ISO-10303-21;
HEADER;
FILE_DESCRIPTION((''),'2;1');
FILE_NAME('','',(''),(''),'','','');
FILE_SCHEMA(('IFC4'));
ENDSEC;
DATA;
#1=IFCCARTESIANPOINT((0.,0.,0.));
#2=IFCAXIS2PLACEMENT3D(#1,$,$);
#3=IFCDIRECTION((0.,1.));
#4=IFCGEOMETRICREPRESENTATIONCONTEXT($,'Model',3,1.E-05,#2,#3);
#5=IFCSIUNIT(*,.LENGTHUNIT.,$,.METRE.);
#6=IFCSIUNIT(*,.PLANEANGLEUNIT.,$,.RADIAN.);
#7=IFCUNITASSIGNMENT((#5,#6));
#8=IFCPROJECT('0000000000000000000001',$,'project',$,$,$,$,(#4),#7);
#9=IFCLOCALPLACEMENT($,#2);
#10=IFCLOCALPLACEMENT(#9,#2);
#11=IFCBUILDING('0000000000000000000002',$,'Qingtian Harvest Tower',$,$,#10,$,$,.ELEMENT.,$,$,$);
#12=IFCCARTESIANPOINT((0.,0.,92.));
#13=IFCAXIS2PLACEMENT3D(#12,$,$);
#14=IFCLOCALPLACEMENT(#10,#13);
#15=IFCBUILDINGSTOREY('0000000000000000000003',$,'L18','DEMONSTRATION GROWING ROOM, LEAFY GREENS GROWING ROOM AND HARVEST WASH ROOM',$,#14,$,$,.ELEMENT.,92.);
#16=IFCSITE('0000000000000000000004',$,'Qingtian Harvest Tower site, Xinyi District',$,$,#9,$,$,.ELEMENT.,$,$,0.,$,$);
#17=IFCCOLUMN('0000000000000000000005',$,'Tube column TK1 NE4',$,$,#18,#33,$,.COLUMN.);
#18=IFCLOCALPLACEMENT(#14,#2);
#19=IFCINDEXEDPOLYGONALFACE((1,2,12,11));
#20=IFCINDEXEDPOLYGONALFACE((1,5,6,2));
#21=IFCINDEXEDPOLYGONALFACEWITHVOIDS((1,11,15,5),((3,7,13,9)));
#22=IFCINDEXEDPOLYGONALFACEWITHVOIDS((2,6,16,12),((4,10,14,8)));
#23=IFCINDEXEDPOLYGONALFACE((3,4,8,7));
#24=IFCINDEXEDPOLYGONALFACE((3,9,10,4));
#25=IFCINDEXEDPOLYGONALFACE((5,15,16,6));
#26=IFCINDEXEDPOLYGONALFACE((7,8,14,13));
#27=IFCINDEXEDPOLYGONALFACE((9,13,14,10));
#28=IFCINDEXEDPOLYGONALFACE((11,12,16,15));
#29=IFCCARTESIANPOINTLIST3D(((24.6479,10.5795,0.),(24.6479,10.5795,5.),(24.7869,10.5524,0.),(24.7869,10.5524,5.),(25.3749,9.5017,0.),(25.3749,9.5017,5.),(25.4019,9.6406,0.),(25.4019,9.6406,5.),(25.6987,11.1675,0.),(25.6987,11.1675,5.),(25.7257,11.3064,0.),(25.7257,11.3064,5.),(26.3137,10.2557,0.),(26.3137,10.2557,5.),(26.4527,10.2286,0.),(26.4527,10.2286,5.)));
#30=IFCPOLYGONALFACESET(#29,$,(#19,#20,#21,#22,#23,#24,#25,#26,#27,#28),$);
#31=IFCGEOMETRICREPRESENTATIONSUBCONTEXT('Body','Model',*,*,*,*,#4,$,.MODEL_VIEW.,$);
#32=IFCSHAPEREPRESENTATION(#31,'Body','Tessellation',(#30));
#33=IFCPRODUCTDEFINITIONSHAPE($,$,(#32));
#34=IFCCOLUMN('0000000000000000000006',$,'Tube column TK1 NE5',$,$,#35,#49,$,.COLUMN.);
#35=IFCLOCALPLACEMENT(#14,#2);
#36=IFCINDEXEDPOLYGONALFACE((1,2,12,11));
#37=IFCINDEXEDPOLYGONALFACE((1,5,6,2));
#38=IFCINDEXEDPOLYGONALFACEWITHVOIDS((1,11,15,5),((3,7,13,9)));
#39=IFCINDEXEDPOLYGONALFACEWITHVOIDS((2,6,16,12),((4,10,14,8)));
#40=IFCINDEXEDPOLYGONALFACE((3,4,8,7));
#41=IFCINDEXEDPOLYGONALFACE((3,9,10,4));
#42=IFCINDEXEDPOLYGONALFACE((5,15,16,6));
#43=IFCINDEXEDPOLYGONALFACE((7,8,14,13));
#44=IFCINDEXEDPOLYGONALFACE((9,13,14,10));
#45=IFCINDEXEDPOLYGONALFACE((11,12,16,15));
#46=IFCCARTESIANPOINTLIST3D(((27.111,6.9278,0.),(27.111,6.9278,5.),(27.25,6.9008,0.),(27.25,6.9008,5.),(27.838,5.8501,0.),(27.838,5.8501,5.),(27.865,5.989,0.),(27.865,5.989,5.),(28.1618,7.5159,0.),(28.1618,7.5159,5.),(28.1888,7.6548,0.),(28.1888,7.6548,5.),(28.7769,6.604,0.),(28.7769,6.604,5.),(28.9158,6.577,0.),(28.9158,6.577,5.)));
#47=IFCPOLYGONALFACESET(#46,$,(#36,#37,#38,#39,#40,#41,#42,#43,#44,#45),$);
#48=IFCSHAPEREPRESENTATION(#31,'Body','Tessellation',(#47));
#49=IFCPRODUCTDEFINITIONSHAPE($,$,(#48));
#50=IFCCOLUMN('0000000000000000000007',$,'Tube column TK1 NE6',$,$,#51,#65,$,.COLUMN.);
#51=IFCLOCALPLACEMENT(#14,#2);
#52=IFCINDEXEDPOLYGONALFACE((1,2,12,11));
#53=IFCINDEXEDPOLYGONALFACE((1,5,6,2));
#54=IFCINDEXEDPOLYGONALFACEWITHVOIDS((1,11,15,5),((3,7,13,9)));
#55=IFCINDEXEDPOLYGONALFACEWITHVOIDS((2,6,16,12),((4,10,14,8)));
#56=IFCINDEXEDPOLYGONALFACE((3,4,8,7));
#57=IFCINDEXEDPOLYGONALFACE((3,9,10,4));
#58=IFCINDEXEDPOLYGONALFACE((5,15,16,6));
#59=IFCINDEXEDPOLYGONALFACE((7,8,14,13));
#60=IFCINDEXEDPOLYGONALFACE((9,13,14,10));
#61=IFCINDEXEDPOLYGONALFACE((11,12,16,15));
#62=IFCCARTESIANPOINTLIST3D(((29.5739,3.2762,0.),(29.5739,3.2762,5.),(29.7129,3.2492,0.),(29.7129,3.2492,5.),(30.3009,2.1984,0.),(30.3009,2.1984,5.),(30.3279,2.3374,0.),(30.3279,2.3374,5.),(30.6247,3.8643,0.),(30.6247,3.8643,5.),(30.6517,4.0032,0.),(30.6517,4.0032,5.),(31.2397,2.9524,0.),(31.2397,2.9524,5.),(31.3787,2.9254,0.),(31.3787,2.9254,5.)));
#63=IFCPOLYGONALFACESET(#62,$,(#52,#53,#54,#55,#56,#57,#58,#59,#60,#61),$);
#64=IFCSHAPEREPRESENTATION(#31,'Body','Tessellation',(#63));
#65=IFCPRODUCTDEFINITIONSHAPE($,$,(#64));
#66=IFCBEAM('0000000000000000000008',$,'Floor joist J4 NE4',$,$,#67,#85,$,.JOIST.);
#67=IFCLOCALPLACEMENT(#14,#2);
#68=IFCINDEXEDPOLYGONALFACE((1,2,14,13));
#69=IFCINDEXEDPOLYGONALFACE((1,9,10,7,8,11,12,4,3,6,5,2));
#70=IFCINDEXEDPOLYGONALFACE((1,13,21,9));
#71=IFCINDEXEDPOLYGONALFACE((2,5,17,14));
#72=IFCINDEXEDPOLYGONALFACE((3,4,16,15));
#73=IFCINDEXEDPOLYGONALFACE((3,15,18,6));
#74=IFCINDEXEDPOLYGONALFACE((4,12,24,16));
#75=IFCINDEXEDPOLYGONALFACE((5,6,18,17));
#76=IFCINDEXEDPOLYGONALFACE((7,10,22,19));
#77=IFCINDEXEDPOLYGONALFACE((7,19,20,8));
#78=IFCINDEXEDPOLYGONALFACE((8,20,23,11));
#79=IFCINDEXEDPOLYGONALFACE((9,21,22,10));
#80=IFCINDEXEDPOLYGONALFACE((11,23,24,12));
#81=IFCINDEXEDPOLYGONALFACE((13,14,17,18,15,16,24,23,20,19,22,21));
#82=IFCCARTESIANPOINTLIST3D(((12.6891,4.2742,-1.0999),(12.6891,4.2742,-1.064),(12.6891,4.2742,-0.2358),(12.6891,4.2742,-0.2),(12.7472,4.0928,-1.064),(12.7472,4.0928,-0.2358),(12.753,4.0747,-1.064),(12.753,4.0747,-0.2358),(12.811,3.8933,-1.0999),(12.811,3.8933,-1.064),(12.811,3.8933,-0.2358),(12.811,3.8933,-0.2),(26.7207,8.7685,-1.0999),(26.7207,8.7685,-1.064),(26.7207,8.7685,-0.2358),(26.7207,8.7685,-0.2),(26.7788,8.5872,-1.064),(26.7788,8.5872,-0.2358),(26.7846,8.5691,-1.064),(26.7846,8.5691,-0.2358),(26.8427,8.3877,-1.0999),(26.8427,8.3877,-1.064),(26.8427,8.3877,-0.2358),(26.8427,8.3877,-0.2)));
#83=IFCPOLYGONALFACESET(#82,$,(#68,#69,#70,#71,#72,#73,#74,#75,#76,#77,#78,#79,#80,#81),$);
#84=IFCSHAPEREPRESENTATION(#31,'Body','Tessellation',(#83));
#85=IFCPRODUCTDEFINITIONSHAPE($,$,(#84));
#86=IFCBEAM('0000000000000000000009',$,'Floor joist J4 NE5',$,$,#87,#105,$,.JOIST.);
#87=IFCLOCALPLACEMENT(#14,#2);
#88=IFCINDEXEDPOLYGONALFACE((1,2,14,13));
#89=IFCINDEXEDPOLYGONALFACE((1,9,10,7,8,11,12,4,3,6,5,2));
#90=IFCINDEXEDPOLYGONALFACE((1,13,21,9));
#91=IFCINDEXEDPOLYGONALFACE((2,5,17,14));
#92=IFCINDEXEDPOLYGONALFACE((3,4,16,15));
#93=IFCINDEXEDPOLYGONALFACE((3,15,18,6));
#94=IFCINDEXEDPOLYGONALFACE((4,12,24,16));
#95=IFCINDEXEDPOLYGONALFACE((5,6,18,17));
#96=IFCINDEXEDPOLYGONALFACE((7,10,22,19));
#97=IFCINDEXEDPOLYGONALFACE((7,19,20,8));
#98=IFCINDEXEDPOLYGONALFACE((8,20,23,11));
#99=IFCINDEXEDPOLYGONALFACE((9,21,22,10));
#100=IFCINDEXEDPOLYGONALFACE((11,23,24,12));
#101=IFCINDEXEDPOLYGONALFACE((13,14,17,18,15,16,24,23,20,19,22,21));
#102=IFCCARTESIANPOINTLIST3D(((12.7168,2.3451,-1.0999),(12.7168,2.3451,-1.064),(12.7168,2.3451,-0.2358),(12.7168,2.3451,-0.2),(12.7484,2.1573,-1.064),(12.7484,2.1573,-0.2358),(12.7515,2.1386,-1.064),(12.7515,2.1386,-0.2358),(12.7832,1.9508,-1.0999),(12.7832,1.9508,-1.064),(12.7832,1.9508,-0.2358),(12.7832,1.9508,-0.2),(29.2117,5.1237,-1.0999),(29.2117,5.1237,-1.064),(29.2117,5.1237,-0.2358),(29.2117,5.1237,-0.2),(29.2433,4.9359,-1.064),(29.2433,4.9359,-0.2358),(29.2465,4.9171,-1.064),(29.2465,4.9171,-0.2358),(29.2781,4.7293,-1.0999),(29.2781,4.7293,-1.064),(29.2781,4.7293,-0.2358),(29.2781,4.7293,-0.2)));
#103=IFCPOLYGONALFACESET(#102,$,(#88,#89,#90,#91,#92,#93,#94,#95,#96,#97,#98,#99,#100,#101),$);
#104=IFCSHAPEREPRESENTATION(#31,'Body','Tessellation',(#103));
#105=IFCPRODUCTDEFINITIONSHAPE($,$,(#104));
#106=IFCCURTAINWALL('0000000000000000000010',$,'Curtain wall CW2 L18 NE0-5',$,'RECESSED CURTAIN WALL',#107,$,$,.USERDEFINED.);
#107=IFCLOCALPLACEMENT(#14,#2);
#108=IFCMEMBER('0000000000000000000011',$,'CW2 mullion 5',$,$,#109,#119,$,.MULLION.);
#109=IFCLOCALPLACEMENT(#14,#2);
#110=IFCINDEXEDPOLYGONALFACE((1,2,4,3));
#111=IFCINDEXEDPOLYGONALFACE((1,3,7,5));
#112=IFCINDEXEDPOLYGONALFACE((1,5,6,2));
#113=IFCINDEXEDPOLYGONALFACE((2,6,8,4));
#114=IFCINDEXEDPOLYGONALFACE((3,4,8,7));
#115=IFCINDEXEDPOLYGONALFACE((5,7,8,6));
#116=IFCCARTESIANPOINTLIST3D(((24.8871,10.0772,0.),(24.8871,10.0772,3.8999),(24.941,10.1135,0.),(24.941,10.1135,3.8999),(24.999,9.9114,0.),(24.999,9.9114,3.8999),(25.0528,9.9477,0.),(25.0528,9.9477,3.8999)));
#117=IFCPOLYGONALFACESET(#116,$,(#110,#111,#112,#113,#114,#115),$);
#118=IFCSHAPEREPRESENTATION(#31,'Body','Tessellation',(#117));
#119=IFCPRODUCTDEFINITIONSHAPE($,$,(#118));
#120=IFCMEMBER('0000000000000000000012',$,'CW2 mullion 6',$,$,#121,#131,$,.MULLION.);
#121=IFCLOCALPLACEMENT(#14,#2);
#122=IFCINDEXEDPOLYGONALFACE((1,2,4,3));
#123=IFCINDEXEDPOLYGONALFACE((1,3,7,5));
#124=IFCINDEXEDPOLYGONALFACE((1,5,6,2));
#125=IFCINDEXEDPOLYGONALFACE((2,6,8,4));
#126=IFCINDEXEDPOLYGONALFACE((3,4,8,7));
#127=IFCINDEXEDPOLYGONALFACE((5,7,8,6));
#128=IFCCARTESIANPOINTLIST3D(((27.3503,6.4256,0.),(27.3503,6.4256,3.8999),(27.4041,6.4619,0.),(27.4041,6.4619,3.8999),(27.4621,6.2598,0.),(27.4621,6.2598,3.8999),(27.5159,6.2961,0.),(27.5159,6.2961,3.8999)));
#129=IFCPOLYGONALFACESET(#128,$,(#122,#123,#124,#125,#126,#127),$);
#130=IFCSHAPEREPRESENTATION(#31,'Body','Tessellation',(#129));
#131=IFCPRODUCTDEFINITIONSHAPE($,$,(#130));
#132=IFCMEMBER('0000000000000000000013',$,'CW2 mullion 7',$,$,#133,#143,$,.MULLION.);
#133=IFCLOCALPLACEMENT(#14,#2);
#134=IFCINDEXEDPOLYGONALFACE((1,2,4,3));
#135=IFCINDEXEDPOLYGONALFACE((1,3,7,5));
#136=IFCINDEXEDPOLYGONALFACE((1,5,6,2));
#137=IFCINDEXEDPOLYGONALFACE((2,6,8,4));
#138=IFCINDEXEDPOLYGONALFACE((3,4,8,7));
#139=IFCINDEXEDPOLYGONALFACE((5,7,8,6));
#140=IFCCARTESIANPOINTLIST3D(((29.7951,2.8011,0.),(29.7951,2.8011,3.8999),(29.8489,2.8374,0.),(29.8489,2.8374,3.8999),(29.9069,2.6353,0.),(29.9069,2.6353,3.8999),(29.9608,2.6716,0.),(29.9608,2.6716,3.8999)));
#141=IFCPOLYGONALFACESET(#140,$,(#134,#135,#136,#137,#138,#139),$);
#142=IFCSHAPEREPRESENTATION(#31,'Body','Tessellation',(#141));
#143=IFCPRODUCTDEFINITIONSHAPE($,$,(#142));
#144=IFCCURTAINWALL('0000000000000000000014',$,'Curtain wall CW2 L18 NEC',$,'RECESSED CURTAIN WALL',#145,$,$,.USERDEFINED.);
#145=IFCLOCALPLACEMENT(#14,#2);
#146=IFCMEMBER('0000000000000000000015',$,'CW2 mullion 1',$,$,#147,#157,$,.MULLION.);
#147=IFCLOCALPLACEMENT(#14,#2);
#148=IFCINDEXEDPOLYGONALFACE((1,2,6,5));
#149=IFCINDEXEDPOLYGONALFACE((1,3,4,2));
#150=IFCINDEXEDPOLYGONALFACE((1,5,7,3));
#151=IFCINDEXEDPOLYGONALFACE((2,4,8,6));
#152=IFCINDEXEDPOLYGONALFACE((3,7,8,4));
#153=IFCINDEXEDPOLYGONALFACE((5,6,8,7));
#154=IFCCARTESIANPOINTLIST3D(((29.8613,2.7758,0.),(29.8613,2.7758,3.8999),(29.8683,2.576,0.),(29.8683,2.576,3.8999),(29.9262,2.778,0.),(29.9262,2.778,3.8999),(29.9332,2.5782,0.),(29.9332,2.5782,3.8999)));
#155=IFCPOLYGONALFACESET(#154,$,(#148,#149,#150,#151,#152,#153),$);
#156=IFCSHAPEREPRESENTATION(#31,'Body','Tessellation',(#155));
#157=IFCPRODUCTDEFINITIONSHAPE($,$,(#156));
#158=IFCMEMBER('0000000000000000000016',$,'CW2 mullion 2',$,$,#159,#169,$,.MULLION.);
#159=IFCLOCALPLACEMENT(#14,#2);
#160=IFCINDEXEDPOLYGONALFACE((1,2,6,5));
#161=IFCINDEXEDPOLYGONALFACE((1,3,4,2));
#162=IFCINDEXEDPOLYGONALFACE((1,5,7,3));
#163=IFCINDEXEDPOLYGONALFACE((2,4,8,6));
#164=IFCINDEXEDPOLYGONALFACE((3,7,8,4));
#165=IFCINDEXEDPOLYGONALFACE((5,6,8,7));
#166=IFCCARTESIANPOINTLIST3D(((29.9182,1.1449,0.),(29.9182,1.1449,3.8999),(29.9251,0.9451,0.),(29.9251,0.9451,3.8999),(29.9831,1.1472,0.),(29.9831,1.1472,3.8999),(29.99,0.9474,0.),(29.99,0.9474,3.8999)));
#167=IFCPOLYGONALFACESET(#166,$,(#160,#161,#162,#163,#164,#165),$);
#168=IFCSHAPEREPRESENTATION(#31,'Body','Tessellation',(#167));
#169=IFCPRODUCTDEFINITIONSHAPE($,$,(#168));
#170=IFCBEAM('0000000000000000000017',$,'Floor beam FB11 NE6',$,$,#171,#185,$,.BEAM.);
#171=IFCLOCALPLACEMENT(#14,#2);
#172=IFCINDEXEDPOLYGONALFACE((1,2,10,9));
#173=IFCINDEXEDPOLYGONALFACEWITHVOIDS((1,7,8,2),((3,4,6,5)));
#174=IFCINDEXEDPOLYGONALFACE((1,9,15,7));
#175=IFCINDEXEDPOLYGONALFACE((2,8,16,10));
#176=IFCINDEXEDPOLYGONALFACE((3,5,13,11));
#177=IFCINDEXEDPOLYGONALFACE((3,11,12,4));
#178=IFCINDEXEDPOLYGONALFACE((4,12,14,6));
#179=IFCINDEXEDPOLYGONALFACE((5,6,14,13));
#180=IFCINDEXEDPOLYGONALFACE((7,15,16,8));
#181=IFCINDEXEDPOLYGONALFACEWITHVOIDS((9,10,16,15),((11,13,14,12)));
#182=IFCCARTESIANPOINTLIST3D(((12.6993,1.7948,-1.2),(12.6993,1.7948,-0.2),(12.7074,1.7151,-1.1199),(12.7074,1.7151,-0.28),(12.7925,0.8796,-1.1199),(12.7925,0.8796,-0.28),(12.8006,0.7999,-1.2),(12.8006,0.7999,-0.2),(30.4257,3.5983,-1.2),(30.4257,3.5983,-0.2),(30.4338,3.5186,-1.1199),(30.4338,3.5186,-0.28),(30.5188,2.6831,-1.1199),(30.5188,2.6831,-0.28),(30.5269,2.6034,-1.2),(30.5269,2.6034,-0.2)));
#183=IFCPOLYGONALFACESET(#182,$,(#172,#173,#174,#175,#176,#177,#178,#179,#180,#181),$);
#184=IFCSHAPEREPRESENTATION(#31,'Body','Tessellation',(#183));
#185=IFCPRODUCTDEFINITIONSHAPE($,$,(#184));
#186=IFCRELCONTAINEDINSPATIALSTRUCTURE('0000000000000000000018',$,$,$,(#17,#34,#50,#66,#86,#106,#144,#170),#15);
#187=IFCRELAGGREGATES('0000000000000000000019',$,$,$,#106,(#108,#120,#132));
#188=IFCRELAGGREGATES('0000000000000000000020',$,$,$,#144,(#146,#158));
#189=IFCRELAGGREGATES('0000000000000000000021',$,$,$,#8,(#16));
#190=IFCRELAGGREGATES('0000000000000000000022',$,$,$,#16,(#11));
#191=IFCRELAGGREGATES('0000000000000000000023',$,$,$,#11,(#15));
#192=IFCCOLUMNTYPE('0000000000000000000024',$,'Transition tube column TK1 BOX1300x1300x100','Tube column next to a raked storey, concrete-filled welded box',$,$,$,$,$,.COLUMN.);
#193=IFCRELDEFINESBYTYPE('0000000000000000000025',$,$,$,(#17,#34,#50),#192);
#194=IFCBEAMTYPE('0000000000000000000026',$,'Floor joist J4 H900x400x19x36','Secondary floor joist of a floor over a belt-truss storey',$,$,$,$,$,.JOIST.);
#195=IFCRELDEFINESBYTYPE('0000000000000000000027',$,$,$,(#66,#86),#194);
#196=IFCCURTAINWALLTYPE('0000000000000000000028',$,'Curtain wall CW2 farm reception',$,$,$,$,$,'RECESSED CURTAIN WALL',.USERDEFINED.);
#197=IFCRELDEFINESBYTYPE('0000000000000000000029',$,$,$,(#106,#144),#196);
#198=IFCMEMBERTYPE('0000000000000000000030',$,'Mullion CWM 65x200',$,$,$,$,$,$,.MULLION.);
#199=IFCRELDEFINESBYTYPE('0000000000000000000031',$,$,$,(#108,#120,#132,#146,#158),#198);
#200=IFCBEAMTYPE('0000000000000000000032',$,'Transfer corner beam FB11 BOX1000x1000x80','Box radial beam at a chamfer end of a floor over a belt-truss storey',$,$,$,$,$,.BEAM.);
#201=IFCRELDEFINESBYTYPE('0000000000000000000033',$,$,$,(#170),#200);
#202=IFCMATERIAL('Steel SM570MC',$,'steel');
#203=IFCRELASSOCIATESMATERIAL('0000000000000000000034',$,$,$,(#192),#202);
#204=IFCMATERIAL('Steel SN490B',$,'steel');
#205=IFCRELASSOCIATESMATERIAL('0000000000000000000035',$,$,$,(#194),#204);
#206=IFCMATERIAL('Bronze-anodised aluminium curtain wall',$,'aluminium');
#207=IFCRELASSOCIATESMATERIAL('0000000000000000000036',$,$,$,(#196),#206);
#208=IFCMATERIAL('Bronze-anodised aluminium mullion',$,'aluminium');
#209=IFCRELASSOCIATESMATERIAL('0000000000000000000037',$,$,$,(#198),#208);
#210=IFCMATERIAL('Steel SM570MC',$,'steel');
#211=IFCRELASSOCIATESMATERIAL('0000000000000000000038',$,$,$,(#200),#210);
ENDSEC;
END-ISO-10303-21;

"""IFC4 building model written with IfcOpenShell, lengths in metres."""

from ifc_helpers import new_model, si_unit, direction, frame, origin, origin_2d, place, context, subcontext, project, spatial, rectangle, hollow_rectangle, i_section, extrude, material, material_profile, profile_set, type_object, element, aggregate, save


model = new_model("IFC4")

# Units and contexts
model_context = context("Model", 3, precision=1e-05, world=origin(), true_north=direction((0.0, 1.0)))
body_context = subcontext(model_context, "Body", "Model", "MODEL_VIEW")
ifc_project = project(units=[si_unit("LENGTHUNIT", "METRE"), si_unit("PLANEANGLEUNIT", "RADIAN")], contexts=[model_context])

# Site, building, storey
site_placement = place(None, origin())
site = spatial("IfcSite", under=ifc_project, at=site_placement, Name="Qingtian Harvest Tower site, Xinyi District", CompositionType="ELEMENT", RefElevation=0.0)
building_placement = place(site_placement, origin())
building = spatial("IfcBuilding", under=site, at=building_placement, Name="Qingtian Harvest Tower", CompositionType="ELEMENT")
storey_placement = place(building_placement, frame((0.0, 0.0, 92.0)))
storey = spatial("IfcBuildingStorey", under=building, at=storey_placement, Name="L18", Description="DEMONSTRATION GROWING ROOM, LEAFY GREENS GROWING ROOM AND HARVEST WASH ROOM", CompositionType="ELEMENT", Elevation=92.0)

# Columns
ifc_material_1 = material(Name="Steel SM570MC", Category="steel")
ifc_material_profile_1 = material_profile(ifc_material_1, hollow_rectangle(XDim=1.3, YDim=1.3, WallThickness=0.1001, at=origin_2d()), Name="BOX1300x1300x100")
ifc_profile_set_1 = profile_set([ifc_material_profile_1], Name="Steel SM570MC")
column_type = type_object("IfcColumnType", Name="Transition tube column TK1 BOX1300x1300x100", Description="Tube column next to a raked storey, concrete-filled welded box", PredefinedType="COLUMN", material=ifc_profile_set_1)
for number, where, z_axis, x_axis, name in (
    (1, (25.5503, 10.4041, 0.0), (0.0, 0.0, 1.0), (-0.559193, 0.829038, 0.0), "Tube column TK1 NE4"),
    (2, (28.0134, 6.7524, 0.0), (0.0, 0.0, 1.0), (-0.559193, 0.829038, 0.0), "Tube column TK1 NE5"),
    (3, (30.4763, 3.1008, 0.0), (0.0, 0.0, 1.0), (-0.559193, 0.829038, 0.0), "Tube column TK1 NE6"),
):
    element("IfcColumn", number, at=place(storey_placement, frame(where, z_axis=z_axis, x_axis=x_axis)), inside=storey, type_object=column_type, Name=name, PredefinedType="COLUMN", context=body_context, shape_type="SweptSolid", body=[
        extrude(hollow_rectangle(XDim=1.3, YDim=1.3, WallThickness=0.1001, at=origin_2d()), origin(), (0.0, 0.0, 1.0), 5.0),
    ])

# Beams
ifc_material_2 = material(Name="Steel SN490B", Category="steel")
ifc_material_profile_2 = material_profile(ifc_material_2, i_section(OverallWidth=0.3999, OverallDepth=0.8999, WebThickness=0.019, FlangeThickness=0.0359, at=origin_2d()), Name="H900x400x19x36")
ifc_profile_set_2 = profile_set([ifc_material_profile_2], Name="Steel SN490B")
beam_type_1 = type_object("IfcBeamType", Name="Floor joist J4 H900x400x19x36", Description="Secondary floor joist of a floor over a belt-truss storey", PredefinedType="JOIST", material=ifc_profile_set_2)
beam_1_placement = place(storey_placement, frame((26.7817, 8.5781, -0.6499), z_axis=(-0.952341, -0.305036, 0.0), x_axis=(0.305036, -0.952341, 0.0)))
element("IfcBeam", 4, at=beam_1_placement, inside=storey, type_object=beam_type_1, Name="Floor joist J4 NE4", PredefinedType="JOIST", context=body_context, shape_type="SweptSolid", body=[
    extrude(i_section(OverallWidth=0.3999, OverallDepth=0.8999, WebThickness=0.019, FlangeThickness=0.0359, at=origin_2d()), origin(), (0.0, 0.0, 1.0), 14.7339),
])
beam_2_placement = place(storey_placement, frame((29.2449, 4.9265, -0.6499), z_axis=(-0.986107, -0.16611, 0.0), x_axis=(0.16611, -0.986107, 0.0)))
element("IfcBeam", 5, at=beam_2_placement, inside=storey, type_object=beam_type_1, Name="Floor joist J4 NE5", PredefinedType="JOIST", context=body_context, shape_type="SweptSolid", body=[
    extrude(i_section(OverallWidth=0.3999, OverallDepth=0.8999, WebThickness=0.019, FlangeThickness=0.0359, at=origin_2d()), origin(), (0.0, 0.0, 1.0), 16.7273),
])

# Curtain walls, members
ifc_material_3 = material(Name="Bronze-anodised aluminium curtain wall", Category="aluminium")
curtain_wall_type = type_object("IfcCurtainWallType", Name="Curtain wall CW2 farm reception", ElementType="RECESSED CURTAIN WALL", PredefinedType="USERDEFINED", material=ifc_material_3)
curtain_wall_1_placement = place(storey_placement, origin())
curtain_wall_1 = element("IfcCurtainWall", 6, at=curtain_wall_1_placement, inside=storey, type_object=curtain_wall_type, Name="Curtain wall CW2 L18 NE0-5", ObjectType="RECESSED CURTAIN WALL", PredefinedType="USERDEFINED")
ifc_material_4 = material(Name="Bronze-anodised aluminium mullion", Category="aluminium")
ifc_material_profile_3 = material_profile(ifc_material_4, rectangle(XDim=0.0649, YDim=0.2, at=origin_2d()), Name="AL 65x200")
ifc_profile_set_3 = profile_set([ifc_material_profile_3], Name="Bronze-anodised aluminium mullion")
member_type_1 = type_object("IfcMemberType", Name="Mullion CWM 65x200", PredefinedType="MULLION", material=ifc_profile_set_3)
member_1_placement = place(storey_placement, frame((24.97, 10.0125, 0.0), z_axis=(0.0, 0.0, 1.0), x_axis=(0.829038, 0.559193, 0.0)))
member_1 = element("IfcMember", 7, at=member_1_placement, type_object=member_type_1, Name="CW2 mullion 5", PredefinedType="MULLION", context=body_context, shape_type="SweptSolid", body=[
    extrude(rectangle(XDim=0.0649, YDim=0.2, at=origin_2d()), origin(), (0.0, 0.0, 1.0), 3.8999),
])
member_2_placement = place(storey_placement, frame((27.4331, 6.3608, 0.0), z_axis=(0.0, 0.0, 1.0), x_axis=(0.829038, 0.559193, 0.0)))
member_2 = element("IfcMember", 8, at=member_2_placement, type_object=member_type_1, Name="CW2 mullion 6", PredefinedType="MULLION", context=body_context, shape_type="SweptSolid", body=[
    extrude(rectangle(XDim=0.0649, YDim=0.2, at=origin_2d()), origin(), (0.0, 0.0, 1.0), 3.8999),
])
member_3_placement = place(storey_placement, frame((29.8779, 2.7363, 0.0), z_axis=(0.0, 0.0, 1.0), x_axis=(0.829038, 0.559193, 0.0)))
member_3 = element("IfcMember", 9, at=member_3_placement, type_object=member_type_1, Name="CW2 mullion 7", PredefinedType="MULLION", context=body_context, shape_type="SweptSolid", body=[
    extrude(rectangle(XDim=0.0649, YDim=0.2, at=origin_2d()), origin(), (0.0, 0.0, 1.0), 3.8999),
])
curtain_wall_2_placement = place(storey_placement, origin())
curtain_wall_2 = element("IfcCurtainWall", 10, at=curtain_wall_2_placement, inside=storey, type_object=curtain_wall_type, Name="Curtain wall CW2 L18 NEC", ObjectType="RECESSED CURTAIN WALL", PredefinedType="USERDEFINED")
member_4_placement = place(storey_placement, frame((29.8972, 2.677, 0.0), z_axis=(0.0, 0.0, 1.0), x_axis=(0.999391, 0.034899, 0.0)))
member_4 = element("IfcMember", 11, at=member_4_placement, type_object=member_type_1, Name="CW2 mullion 1", PredefinedType="MULLION", context=body_context, shape_type="SweptSolid", body=[
    extrude(rectangle(XDim=0.0649, YDim=0.2, at=origin_2d()), origin(), (0.0, 0.0, 1.0), 3.8999),
])
member_5_placement = place(storey_placement, frame((29.9541, 1.0461, 0.0), z_axis=(0.0, 0.0, 1.0), x_axis=(0.999391, 0.034899, 0.0)))
member_5 = element("IfcMember", 12, at=member_5_placement, type_object=member_type_1, Name="CW2 mullion 2", PredefinedType="MULLION", context=body_context, shape_type="SweptSolid", body=[
    extrude(rectangle(XDim=0.0649, YDim=0.2, at=origin_2d()), origin(), (0.0, 0.0, 1.0), 3.8999),
])

# Beam
ifc_material_5 = material(Name="Steel SM570MC", Category="steel")
ifc_material_profile_4 = material_profile(ifc_material_5, hollow_rectangle(XDim=1.0, YDim=1.0, WallThickness=0.0801, at=origin_2d()), Name="BOX1000x1000x80")
ifc_profile_set_4 = profile_set([ifc_material_profile_4], Name="Steel SM570MC")
beam_type_2 = type_object("IfcBeamType", Name="Transfer corner beam FB11 BOX1000x1000x80", Description="Box radial beam at a chamfer end of a floor over a belt-truss storey", PredefinedType="BEAM", material=ifc_profile_set_4)
beam_3_placement = place(storey_placement, frame((30.4763, 3.1008, -0.7), z_axis=(-0.994864, -0.101217, 0.0), x_axis=(0.101217, -0.994864, 0.0)))
element("IfcBeam", 13, at=beam_3_placement, inside=storey, type_object=beam_type_2, Name="Floor beam FB11 NE6", PredefinedType="BEAM", context=body_context, shape_type="SweptSolid", body=[
    extrude(hollow_rectangle(XDim=1.0, YDim=1.0, WallThickness=0.0801, at=origin_2d()), origin(), (0.0, 0.0, 1.0), 17.8179),
])

aggregate(curtain_wall_1, [member_1, member_2, member_3])
aggregate(curtain_wall_2, [member_4, member_5])

save(model, "model.ifc")
